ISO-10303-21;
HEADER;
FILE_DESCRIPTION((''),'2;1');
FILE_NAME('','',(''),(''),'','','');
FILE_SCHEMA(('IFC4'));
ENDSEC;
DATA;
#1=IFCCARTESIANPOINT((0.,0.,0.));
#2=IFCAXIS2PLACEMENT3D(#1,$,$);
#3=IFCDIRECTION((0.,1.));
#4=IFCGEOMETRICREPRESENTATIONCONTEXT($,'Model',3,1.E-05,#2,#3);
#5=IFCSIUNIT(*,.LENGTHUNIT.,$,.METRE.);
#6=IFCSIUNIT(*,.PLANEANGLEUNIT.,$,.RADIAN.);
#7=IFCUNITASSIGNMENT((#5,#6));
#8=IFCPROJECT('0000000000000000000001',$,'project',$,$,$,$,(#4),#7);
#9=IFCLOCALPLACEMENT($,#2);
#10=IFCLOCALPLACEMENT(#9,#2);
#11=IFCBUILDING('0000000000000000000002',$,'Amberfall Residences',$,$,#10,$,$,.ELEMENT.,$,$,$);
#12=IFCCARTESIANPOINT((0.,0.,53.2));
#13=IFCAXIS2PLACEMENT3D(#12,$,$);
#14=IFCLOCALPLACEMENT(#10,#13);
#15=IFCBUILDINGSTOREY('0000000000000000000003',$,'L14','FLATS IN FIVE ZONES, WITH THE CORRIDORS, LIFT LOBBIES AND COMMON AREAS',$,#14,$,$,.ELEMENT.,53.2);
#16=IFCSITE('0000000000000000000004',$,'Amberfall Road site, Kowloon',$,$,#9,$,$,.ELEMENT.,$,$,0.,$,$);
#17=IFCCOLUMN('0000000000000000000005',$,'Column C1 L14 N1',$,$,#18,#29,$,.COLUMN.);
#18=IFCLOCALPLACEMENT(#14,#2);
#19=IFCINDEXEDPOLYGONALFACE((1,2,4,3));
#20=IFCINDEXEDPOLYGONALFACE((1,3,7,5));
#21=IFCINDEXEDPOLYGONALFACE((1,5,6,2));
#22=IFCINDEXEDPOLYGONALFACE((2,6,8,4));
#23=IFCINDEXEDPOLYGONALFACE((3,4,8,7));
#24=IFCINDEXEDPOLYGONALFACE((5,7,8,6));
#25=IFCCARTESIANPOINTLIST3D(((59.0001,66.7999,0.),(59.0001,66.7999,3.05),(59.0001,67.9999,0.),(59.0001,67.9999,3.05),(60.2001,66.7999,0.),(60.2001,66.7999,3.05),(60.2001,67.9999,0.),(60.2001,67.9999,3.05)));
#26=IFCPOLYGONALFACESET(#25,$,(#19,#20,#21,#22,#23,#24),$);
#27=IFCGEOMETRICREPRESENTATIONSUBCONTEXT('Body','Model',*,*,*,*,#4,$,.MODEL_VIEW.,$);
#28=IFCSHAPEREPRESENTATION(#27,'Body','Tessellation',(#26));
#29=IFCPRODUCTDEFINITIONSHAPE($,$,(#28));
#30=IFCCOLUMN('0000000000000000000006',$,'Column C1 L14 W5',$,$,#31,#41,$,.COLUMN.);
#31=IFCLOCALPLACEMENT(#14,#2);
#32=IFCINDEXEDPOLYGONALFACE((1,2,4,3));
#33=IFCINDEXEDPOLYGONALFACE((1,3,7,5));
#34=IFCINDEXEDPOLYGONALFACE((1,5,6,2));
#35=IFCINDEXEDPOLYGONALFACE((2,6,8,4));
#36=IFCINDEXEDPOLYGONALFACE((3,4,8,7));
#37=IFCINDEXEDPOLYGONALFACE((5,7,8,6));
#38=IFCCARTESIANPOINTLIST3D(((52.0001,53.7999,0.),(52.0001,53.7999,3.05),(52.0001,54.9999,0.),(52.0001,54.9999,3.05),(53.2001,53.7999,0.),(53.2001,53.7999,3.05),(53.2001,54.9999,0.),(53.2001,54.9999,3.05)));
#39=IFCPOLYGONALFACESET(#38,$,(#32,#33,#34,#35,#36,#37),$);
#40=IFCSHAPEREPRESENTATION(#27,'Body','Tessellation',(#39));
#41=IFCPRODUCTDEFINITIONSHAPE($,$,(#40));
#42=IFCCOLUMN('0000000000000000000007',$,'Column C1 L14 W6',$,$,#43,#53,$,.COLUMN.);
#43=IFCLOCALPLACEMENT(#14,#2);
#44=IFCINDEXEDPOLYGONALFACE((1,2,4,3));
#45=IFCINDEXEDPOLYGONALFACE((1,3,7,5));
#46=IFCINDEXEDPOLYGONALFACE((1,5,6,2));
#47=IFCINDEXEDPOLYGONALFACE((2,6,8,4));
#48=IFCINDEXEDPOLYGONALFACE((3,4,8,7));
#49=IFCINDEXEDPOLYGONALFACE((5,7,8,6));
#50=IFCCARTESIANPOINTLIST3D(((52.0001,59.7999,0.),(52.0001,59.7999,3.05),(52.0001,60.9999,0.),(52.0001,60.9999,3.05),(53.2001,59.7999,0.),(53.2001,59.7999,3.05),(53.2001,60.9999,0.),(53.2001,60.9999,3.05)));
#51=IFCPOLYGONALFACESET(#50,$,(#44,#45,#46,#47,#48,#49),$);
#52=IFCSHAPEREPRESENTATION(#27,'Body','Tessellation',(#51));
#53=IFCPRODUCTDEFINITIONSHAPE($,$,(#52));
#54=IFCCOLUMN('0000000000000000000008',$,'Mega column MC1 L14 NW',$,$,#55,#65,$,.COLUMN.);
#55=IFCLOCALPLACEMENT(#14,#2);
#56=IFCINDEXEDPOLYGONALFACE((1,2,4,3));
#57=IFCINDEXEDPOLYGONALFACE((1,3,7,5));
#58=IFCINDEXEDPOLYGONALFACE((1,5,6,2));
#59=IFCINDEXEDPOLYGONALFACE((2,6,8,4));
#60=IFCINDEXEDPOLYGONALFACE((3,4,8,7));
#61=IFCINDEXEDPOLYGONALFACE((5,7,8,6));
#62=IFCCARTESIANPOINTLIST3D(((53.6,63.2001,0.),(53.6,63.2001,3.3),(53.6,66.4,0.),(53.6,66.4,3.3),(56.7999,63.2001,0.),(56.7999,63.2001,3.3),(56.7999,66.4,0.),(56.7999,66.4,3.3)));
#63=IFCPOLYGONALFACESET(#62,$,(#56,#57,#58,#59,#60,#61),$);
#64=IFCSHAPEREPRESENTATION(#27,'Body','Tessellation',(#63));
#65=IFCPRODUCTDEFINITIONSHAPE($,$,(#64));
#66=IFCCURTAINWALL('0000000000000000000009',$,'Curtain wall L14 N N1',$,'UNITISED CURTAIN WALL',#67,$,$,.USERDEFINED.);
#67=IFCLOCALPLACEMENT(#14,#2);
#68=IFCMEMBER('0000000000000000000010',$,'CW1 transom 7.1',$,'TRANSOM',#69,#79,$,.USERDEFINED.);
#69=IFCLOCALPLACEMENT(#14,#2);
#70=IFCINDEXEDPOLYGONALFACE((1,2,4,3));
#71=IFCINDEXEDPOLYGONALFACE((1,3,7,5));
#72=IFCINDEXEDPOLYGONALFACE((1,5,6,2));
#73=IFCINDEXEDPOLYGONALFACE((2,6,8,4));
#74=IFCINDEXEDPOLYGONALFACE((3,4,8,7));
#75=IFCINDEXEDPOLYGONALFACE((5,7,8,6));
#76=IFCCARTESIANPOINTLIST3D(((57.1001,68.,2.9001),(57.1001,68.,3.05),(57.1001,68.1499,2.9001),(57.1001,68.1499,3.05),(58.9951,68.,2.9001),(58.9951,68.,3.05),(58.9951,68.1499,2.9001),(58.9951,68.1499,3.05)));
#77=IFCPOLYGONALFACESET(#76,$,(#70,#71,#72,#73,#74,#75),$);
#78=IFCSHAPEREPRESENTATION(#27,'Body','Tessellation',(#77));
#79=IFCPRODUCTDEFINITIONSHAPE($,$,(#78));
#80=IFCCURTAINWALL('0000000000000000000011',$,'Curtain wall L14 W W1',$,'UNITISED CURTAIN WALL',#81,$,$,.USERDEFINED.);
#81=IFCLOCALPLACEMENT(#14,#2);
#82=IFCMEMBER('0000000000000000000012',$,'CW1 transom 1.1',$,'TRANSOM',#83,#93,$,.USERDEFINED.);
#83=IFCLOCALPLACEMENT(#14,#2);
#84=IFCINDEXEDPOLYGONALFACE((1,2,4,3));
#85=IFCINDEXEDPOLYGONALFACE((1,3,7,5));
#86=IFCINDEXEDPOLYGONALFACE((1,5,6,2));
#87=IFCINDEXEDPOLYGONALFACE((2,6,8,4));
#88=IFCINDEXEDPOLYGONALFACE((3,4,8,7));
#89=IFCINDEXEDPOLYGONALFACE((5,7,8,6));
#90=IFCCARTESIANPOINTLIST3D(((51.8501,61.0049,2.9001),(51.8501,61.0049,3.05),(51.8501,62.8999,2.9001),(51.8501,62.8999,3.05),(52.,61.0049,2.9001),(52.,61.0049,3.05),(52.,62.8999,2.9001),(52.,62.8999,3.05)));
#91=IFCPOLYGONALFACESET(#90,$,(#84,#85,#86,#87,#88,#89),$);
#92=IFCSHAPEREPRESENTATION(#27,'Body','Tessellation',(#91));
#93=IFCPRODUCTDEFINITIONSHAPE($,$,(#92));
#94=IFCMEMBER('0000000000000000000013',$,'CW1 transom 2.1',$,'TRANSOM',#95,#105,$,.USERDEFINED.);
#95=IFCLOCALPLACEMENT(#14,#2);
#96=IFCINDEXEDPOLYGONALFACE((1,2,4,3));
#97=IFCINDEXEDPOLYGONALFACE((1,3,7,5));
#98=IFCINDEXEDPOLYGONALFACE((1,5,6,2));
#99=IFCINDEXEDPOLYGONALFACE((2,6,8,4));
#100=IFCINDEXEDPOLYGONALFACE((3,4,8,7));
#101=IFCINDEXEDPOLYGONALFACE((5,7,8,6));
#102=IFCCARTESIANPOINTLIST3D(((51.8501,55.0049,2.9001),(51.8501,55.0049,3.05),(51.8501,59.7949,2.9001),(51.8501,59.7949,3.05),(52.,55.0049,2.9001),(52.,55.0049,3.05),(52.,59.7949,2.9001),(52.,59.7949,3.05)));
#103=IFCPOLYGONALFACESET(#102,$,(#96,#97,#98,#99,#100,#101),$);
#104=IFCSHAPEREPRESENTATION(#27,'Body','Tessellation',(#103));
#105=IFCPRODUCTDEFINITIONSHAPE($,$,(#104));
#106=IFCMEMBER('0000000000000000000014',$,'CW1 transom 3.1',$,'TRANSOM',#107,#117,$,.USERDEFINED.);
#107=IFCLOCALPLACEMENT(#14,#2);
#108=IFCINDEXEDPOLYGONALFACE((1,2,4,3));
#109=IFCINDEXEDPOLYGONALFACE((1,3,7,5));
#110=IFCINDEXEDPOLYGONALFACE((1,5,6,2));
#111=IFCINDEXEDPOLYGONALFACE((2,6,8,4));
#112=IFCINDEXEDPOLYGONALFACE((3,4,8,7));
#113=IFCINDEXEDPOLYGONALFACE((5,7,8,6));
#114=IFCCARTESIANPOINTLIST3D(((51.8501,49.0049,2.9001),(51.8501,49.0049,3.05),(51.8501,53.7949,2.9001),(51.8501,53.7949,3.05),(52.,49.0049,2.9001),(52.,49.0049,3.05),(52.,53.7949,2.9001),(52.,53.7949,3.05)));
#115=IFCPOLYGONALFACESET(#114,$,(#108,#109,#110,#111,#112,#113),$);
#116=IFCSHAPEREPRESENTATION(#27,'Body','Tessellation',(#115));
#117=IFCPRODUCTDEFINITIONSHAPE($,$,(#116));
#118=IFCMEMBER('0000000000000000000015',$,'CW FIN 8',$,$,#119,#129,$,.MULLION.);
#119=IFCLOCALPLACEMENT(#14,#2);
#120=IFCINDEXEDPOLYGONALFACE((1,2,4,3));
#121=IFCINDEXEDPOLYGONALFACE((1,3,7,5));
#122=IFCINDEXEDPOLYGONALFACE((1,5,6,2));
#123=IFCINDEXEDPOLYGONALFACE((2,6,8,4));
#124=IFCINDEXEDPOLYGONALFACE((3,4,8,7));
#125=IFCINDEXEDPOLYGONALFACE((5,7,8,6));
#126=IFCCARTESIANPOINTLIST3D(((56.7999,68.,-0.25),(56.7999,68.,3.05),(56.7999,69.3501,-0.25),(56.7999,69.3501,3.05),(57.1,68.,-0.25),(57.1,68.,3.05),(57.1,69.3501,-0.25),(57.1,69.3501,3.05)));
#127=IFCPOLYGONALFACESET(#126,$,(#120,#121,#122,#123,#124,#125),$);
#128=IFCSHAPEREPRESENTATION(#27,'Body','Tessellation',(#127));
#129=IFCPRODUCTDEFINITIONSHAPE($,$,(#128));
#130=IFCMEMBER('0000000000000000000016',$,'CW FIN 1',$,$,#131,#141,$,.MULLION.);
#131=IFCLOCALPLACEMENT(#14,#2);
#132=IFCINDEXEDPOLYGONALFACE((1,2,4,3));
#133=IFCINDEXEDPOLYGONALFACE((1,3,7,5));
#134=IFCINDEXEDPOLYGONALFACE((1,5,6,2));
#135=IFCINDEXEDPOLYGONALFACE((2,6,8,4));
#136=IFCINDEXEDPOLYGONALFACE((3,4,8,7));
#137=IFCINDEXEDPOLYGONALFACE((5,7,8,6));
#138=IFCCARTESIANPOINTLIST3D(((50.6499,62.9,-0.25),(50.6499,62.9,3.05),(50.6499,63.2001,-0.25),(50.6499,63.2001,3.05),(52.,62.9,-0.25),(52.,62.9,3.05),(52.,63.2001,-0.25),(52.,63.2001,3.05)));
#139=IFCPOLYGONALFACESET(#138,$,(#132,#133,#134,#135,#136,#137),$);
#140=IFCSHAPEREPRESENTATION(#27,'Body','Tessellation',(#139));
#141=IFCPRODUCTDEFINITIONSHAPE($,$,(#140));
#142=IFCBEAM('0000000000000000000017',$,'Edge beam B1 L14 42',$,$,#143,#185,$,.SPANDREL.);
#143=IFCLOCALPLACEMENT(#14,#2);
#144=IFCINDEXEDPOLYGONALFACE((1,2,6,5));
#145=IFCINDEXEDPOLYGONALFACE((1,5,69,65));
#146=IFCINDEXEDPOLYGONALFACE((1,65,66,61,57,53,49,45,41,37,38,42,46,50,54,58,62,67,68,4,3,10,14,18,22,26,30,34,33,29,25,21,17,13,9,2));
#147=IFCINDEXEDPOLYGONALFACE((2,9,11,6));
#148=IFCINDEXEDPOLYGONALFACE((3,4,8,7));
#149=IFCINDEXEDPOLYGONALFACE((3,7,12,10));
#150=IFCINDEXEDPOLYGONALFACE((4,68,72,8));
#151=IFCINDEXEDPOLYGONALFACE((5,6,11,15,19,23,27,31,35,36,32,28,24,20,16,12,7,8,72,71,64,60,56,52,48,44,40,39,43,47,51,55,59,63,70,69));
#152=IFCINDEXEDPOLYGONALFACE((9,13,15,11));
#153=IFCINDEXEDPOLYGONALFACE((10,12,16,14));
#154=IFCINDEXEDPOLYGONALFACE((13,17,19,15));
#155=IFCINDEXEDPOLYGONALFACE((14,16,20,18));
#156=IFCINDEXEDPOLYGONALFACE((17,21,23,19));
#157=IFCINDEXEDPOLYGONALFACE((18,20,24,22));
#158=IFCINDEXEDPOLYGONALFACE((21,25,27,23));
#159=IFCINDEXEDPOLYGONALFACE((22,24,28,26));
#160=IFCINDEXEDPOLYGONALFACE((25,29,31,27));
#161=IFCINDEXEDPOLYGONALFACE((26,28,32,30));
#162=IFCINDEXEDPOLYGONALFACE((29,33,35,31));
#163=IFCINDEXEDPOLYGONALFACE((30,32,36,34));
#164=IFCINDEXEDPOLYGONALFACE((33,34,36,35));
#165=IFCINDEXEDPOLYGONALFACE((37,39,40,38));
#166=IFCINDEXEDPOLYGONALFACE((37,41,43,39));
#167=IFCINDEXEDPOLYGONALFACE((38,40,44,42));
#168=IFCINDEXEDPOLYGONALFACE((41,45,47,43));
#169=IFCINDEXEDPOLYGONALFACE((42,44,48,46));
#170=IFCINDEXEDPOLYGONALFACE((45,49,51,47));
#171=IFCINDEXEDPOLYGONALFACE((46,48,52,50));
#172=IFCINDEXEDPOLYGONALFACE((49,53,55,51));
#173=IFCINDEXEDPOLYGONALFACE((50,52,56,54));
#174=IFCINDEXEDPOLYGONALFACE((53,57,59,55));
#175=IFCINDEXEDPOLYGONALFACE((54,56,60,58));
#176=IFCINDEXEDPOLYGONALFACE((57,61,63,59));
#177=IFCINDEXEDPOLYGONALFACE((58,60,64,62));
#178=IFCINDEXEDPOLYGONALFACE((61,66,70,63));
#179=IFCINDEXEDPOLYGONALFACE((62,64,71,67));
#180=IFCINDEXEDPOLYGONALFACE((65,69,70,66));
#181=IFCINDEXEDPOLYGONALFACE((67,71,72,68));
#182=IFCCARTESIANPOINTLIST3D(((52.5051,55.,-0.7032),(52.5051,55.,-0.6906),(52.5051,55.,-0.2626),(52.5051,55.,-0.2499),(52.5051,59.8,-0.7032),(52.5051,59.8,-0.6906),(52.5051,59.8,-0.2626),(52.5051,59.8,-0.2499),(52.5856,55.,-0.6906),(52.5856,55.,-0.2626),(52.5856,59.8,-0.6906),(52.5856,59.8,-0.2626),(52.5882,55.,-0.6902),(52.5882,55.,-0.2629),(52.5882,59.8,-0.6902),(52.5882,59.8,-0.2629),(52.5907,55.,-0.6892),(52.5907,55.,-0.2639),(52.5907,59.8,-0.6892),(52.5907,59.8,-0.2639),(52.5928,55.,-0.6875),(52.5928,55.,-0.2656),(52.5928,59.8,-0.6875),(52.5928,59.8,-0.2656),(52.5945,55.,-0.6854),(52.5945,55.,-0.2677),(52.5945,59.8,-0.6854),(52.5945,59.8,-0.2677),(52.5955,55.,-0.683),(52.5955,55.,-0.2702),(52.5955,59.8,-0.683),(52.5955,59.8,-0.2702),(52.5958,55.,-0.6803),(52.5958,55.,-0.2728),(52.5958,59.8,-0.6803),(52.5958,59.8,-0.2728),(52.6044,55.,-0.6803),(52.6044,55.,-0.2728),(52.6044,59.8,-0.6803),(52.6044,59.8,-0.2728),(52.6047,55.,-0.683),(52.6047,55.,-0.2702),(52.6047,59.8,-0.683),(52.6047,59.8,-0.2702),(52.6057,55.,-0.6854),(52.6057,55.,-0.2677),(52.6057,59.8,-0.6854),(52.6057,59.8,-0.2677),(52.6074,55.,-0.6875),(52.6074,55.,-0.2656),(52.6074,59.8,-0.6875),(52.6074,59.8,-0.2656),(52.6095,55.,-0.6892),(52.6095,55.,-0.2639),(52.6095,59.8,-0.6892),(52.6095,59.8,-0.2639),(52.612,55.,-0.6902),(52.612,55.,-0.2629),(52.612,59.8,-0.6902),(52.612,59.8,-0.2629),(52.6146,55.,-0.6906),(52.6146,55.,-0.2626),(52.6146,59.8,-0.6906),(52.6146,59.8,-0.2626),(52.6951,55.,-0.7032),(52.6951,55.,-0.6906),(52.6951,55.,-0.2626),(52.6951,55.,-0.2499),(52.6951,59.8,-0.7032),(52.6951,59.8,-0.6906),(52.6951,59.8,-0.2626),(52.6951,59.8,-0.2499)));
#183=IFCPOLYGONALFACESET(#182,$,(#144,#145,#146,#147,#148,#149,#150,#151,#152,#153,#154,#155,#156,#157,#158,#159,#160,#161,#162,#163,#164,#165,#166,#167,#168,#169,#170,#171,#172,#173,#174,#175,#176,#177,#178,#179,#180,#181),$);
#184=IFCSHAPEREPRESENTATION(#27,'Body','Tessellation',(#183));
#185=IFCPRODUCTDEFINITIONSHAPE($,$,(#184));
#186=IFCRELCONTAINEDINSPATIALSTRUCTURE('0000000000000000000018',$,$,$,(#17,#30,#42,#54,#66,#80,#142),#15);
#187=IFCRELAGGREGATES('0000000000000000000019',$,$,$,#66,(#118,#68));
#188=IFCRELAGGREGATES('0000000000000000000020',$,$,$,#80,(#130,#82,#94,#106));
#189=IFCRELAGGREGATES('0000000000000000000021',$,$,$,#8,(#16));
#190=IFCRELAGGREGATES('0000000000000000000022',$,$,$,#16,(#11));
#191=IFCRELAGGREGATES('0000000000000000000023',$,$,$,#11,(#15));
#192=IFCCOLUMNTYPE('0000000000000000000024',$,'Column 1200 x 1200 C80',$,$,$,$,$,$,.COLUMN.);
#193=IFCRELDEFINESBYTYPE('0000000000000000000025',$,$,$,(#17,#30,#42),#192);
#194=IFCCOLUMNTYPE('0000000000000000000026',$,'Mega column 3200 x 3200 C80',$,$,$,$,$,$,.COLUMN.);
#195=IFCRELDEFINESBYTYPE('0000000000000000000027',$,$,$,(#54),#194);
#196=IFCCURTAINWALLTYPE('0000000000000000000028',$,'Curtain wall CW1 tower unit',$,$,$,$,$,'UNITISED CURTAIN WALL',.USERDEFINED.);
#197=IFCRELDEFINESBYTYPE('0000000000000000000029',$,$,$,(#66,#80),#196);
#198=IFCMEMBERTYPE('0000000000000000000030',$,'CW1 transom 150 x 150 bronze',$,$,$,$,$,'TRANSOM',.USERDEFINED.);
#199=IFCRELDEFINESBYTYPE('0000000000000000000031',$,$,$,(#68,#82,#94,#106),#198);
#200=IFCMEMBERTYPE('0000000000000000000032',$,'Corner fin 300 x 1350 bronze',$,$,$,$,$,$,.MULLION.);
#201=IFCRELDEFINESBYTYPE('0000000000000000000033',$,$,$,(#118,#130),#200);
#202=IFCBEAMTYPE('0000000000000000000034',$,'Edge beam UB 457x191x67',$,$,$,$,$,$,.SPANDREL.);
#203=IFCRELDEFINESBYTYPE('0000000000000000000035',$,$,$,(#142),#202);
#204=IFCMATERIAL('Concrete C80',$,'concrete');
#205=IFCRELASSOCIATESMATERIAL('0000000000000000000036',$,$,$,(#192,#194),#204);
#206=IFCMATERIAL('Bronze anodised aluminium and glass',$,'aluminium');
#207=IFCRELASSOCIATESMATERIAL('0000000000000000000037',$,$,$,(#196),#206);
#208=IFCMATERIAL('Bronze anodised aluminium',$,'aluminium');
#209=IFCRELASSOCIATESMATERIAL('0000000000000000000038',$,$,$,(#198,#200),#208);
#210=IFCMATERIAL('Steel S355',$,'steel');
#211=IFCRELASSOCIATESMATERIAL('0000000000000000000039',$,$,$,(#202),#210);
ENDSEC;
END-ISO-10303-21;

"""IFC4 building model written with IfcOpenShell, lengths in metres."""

from ifc_helpers import new_model, si_unit, direction, frame, origin, origin_2d, place, context, subcontext, project, spatial, rectangle, i_section, extrude, material, material_profile, profile_set, type_object, element, aggregate, save


model = new_model("IFC4")

# Units and contexts
model_context = context("Model", 3, precision=1e-05, world=origin(), true_north=direction((0.0, 1.0)))
body_context = subcontext(model_context, "Body", "Model", "MODEL_VIEW")
ifc_project = project(units=[si_unit("LENGTHUNIT", "METRE"), si_unit("PLANEANGLEUNIT", "RADIAN")], contexts=[model_context])

# Site, building, storey
site_placement = place(None, origin())
site = spatial("IfcSite", under=ifc_project, at=site_placement, Name="Amberfall Road site, Kowloon", CompositionType="ELEMENT", RefElevation=0.0)
building_placement = place(site_placement, origin())
building = spatial("IfcBuilding", under=site, at=building_placement, Name="Amberfall Residences", CompositionType="ELEMENT")
storey_placement = place(building_placement, frame((0.0, 0.0, 53.2)))
storey = spatial("IfcBuildingStorey", under=building, at=storey_placement, Name="L14", Description="FLATS IN FIVE ZONES, WITH THE CORRIDORS, LIFT LOBBIES AND COMMON AREAS", CompositionType="ELEMENT", Elevation=53.2)

# Columns
ifc_material_1 = material(Name="Concrete C80", Category="concrete")
ifc_material_profile_1 = material_profile(ifc_material_1, rectangle(XDim=1.2, YDim=1.2, at=origin_2d()), Name="Column 1200 x 1200 C80")
ifc_profile_set_1 = profile_set([ifc_material_profile_1], Name="Concrete C80")
column_type_1 = type_object("IfcColumnType", Name="Column 1200 x 1200 C80", PredefinedType="COLUMN", material=ifc_profile_set_1)
for number, where, z_axis, x_axis, name in (
    (1, (59.6001, 67.3999, 0.0), (0.0, 0.0, 1.0), (1.0, 0.0, 0.0), "Column C1 L14 N1"),
    (2, (52.6001, 54.3999, 0.0), (0.0, 0.0, 1.0), (1.0, 0.0, 0.0), "Column C1 L14 W5"),
    (3, (52.6001, 60.3999, 0.0), (0.0, 0.0, 1.0), (1.0, 0.0, 0.0), "Column C1 L14 W6"),
):
    element("IfcColumn", number, at=place(storey_placement, frame(where, z_axis=z_axis, x_axis=x_axis)), inside=storey, type_object=column_type_1, Name=name, PredefinedType="COLUMN", context=body_context, shape_type="SweptSolid", body=[
        extrude(rectangle(XDim=1.2, YDim=1.2, at=origin_2d()), origin(), (0.0, 0.0, 1.0), 3.05),
    ])
ifc_material_profile_2 = material_profile(ifc_material_1, rectangle(XDim=3.2, YDim=3.2, at=origin_2d()), Name="Mega column 3200 x 3200 C80")
ifc_profile_set_2 = profile_set([ifc_material_profile_2], Name="Concrete C80")
column_type_2 = type_object("IfcColumnType", Name="Mega column 3200 x 3200 C80", PredefinedType="COLUMN", material=ifc_profile_set_2)
column_placement = place(storey_placement, frame((55.2, 64.8, 0.0), z_axis=(0.0, 0.0, 1.0), x_axis=(1.0, 0.0, 0.0)))
element("IfcColumn", 4, at=column_placement, inside=storey, type_object=column_type_2, Name="Mega column MC1 L14 NW", PredefinedType="COLUMN", context=body_context, shape_type="SweptSolid", body=[
    extrude(rectangle(XDim=3.2, YDim=3.2, at=origin_2d()), origin(), (0.0, 0.0, 1.0), 3.3),
])

# Curtain wall, member
ifc_material_2 = material(Name="Bronze anodised aluminium and glass", Category="aluminium")
curtain_wall_type = type_object("IfcCurtainWallType", Name="Curtain wall CW1 tower unit", ElementType="UNITISED CURTAIN WALL", PredefinedType="USERDEFINED", material=ifc_material_2)
curtain_wall_1_placement = place(storey_placement, origin())
curtain_wall_1 = element("IfcCurtainWall", 5, at=curtain_wall_1_placement, inside=storey, type_object=curtain_wall_type, Name="Curtain wall L14 N N1", ObjectType="UNITISED CURTAIN WALL", PredefinedType="USERDEFINED")
ifc_material_3 = material(Name="Bronze anodised aluminium", Category="aluminium")
ifc_material_profile_3 = material_profile(ifc_material_3, rectangle(XDim=0.1499, YDim=0.1499, at=origin_2d()), Name="CW1 transom 150 x 150 bronze")
ifc_profile_set_3 = profile_set([ifc_material_profile_3], Name="Bronze anodised aluminium")
member_type_1 = type_object("IfcMemberType", Name="CW1 transom 150 x 150 bronze", ElementType="TRANSOM", PredefinedType="USERDEFINED", material=ifc_profile_set_3)
member_1_placement = place(storey_placement, frame((58.9951, 68.075, 2.9751), z_axis=(-1.0, 0.0, 0.0), x_axis=(0.0, -1.0, 0.0)))
member_1 = element("IfcMember", 6, at=member_1_placement, type_object=member_type_1, Name="CW1 transom 7.1", ObjectType="TRANSOM", PredefinedType="USERDEFINED", context=body_context, shape_type="SweptSolid", body=[
    extrude(rectangle(XDim=0.1499, YDim=0.1499, at=origin_2d()), origin(), (0.0, 0.0, 1.0), 1.895),
])

# Curtain wall, members
curtain_wall_2_placement = place(storey_placement, origin())
curtain_wall_2 = element("IfcCurtainWall", 7, at=curtain_wall_2_placement, inside=storey, type_object=curtain_wall_type, Name="Curtain wall L14 W W1", ObjectType="UNITISED CURTAIN WALL", PredefinedType="USERDEFINED")
member_2_placement = place(storey_placement, frame((51.925, 62.8999, 2.9751), z_axis=(0.0, -1.0, 0.0), x_axis=(1.0, 0.0, 0.0)))
member_2 = element("IfcMember", 8, at=member_2_placement, type_object=member_type_1, Name="CW1 transom 1.1", ObjectType="TRANSOM", PredefinedType="USERDEFINED", context=body_context, shape_type="SweptSolid", body=[
    extrude(rectangle(XDim=0.1499, YDim=0.1499, at=origin_2d()), origin(), (0.0, 0.0, 1.0), 1.895),
])
member_3_placement = place(storey_placement, frame((51.925, 59.7949, 2.9751), z_axis=(0.0, -1.0, 0.0), x_axis=(1.0, 0.0, 0.0)))
member_3 = element("IfcMember", 9, at=member_3_placement, type_object=member_type_1, Name="CW1 transom 2.1", ObjectType="TRANSOM", PredefinedType="USERDEFINED", context=body_context, shape_type="SweptSolid", body=[
    extrude(rectangle(XDim=0.1499, YDim=0.1499, at=origin_2d()), origin(), (0.0, 0.0, 1.0), 4.79),
])
member_4_placement = place(storey_placement, frame((51.925, 53.7949, 2.9751), z_axis=(0.0, -1.0, 0.0), x_axis=(1.0, 0.0, 0.0)))
member_4 = element("IfcMember", 10, at=member_4_placement, type_object=member_type_1, Name="CW1 transom 3.1", ObjectType="TRANSOM", PredefinedType="USERDEFINED", context=body_context, shape_type="SweptSolid", body=[
    extrude(rectangle(XDim=0.1499, YDim=0.1499, at=origin_2d()), origin(), (0.0, 0.0, 1.0), 4.79),
])

# Members
ifc_material_profile_4 = material_profile(ifc_material_3, rectangle(XDim=1.3501, YDim=0.3, at=origin_2d()), Name="Corner fin 300 x 1350 bronze")
ifc_profile_set_4 = profile_set([ifc_material_profile_4], Name="Bronze anodised aluminium")
member_type_2 = type_object("IfcMemberType", Name="Corner fin 300 x 1350 bronze", PredefinedType="MULLION", material=ifc_profile_set_4)
member_5_placement = place(storey_placement, frame((56.95, 68.675, -0.25), z_axis=(0.0, 0.0, 1.0), x_axis=(0.0, -1.0, 0.0)))
member_5 = element("IfcMember", 11, at=member_5_placement, type_object=member_type_2, Name="CW FIN 8", PredefinedType="MULLION", context=body_context, shape_type="SweptSolid", body=[
    extrude(rectangle(XDim=1.3501, YDim=0.3, at=origin_2d()), origin(), (0.0, 0.0, 1.0), 3.3),
])
member_6_placement = place(storey_placement, frame((51.325, 63.05, -0.25), z_axis=(0.0, 0.0, 1.0), x_axis=(1.0, 0.0, 0.0)))
member_6 = element("IfcMember", 12, at=member_6_placement, type_object=member_type_2, Name="CW FIN 1", PredefinedType="MULLION", context=body_context, shape_type="SweptSolid", body=[
    extrude(rectangle(XDim=1.3501, YDim=0.3, at=origin_2d()), origin(), (0.0, 0.0, 1.0), 3.3),
])

# Beam
ifc_material_4 = material(Name="Steel S355", Category="steel")
ifc_material_profile_5 = material_profile(ifc_material_4, i_section(OverallWidth=0.1899, OverallDepth=0.4534, WebThickness=0.0085, FlangeThickness=0.0127, FilletRadius=0.0103, at=origin_2d()), Name="UB 457x191x67")
ifc_profile_set_5 = profile_set([ifc_material_profile_5], Name="Steel S355")
beam_type_1 = type_object("IfcBeamType", Name="Edge beam UB 457x191x67", PredefinedType="SPANDREL", material=ifc_profile_set_5)
beam_1_placement = place(storey_placement, frame((52.6001, 55.0, -0.4766), z_axis=(0.0, 1.0, 0.0), x_axis=(-1.0, 0.0, 0.0)))
element("IfcBeam", 13, at=beam_1_placement, inside=storey, type_object=beam_type_1, Name="Edge beam B1 L14 42", PredefinedType="SPANDREL", context=body_context, shape_type="SweptSolid", body=[
    extrude(i_section(OverallWidth=0.1899, OverallDepth=0.4534, WebThickness=0.0085, FlangeThickness=0.0127, FilletRadius=0.0103, at=origin_2d()), origin(), (0.0, 0.0, 1.0), 4.8),
])

aggregate(curtain_wall_1, [member_5, member_1])
aggregate(curtain_wall_2, [member_6, member_2, member_3, member_4])

save(model, "model.ifc")
